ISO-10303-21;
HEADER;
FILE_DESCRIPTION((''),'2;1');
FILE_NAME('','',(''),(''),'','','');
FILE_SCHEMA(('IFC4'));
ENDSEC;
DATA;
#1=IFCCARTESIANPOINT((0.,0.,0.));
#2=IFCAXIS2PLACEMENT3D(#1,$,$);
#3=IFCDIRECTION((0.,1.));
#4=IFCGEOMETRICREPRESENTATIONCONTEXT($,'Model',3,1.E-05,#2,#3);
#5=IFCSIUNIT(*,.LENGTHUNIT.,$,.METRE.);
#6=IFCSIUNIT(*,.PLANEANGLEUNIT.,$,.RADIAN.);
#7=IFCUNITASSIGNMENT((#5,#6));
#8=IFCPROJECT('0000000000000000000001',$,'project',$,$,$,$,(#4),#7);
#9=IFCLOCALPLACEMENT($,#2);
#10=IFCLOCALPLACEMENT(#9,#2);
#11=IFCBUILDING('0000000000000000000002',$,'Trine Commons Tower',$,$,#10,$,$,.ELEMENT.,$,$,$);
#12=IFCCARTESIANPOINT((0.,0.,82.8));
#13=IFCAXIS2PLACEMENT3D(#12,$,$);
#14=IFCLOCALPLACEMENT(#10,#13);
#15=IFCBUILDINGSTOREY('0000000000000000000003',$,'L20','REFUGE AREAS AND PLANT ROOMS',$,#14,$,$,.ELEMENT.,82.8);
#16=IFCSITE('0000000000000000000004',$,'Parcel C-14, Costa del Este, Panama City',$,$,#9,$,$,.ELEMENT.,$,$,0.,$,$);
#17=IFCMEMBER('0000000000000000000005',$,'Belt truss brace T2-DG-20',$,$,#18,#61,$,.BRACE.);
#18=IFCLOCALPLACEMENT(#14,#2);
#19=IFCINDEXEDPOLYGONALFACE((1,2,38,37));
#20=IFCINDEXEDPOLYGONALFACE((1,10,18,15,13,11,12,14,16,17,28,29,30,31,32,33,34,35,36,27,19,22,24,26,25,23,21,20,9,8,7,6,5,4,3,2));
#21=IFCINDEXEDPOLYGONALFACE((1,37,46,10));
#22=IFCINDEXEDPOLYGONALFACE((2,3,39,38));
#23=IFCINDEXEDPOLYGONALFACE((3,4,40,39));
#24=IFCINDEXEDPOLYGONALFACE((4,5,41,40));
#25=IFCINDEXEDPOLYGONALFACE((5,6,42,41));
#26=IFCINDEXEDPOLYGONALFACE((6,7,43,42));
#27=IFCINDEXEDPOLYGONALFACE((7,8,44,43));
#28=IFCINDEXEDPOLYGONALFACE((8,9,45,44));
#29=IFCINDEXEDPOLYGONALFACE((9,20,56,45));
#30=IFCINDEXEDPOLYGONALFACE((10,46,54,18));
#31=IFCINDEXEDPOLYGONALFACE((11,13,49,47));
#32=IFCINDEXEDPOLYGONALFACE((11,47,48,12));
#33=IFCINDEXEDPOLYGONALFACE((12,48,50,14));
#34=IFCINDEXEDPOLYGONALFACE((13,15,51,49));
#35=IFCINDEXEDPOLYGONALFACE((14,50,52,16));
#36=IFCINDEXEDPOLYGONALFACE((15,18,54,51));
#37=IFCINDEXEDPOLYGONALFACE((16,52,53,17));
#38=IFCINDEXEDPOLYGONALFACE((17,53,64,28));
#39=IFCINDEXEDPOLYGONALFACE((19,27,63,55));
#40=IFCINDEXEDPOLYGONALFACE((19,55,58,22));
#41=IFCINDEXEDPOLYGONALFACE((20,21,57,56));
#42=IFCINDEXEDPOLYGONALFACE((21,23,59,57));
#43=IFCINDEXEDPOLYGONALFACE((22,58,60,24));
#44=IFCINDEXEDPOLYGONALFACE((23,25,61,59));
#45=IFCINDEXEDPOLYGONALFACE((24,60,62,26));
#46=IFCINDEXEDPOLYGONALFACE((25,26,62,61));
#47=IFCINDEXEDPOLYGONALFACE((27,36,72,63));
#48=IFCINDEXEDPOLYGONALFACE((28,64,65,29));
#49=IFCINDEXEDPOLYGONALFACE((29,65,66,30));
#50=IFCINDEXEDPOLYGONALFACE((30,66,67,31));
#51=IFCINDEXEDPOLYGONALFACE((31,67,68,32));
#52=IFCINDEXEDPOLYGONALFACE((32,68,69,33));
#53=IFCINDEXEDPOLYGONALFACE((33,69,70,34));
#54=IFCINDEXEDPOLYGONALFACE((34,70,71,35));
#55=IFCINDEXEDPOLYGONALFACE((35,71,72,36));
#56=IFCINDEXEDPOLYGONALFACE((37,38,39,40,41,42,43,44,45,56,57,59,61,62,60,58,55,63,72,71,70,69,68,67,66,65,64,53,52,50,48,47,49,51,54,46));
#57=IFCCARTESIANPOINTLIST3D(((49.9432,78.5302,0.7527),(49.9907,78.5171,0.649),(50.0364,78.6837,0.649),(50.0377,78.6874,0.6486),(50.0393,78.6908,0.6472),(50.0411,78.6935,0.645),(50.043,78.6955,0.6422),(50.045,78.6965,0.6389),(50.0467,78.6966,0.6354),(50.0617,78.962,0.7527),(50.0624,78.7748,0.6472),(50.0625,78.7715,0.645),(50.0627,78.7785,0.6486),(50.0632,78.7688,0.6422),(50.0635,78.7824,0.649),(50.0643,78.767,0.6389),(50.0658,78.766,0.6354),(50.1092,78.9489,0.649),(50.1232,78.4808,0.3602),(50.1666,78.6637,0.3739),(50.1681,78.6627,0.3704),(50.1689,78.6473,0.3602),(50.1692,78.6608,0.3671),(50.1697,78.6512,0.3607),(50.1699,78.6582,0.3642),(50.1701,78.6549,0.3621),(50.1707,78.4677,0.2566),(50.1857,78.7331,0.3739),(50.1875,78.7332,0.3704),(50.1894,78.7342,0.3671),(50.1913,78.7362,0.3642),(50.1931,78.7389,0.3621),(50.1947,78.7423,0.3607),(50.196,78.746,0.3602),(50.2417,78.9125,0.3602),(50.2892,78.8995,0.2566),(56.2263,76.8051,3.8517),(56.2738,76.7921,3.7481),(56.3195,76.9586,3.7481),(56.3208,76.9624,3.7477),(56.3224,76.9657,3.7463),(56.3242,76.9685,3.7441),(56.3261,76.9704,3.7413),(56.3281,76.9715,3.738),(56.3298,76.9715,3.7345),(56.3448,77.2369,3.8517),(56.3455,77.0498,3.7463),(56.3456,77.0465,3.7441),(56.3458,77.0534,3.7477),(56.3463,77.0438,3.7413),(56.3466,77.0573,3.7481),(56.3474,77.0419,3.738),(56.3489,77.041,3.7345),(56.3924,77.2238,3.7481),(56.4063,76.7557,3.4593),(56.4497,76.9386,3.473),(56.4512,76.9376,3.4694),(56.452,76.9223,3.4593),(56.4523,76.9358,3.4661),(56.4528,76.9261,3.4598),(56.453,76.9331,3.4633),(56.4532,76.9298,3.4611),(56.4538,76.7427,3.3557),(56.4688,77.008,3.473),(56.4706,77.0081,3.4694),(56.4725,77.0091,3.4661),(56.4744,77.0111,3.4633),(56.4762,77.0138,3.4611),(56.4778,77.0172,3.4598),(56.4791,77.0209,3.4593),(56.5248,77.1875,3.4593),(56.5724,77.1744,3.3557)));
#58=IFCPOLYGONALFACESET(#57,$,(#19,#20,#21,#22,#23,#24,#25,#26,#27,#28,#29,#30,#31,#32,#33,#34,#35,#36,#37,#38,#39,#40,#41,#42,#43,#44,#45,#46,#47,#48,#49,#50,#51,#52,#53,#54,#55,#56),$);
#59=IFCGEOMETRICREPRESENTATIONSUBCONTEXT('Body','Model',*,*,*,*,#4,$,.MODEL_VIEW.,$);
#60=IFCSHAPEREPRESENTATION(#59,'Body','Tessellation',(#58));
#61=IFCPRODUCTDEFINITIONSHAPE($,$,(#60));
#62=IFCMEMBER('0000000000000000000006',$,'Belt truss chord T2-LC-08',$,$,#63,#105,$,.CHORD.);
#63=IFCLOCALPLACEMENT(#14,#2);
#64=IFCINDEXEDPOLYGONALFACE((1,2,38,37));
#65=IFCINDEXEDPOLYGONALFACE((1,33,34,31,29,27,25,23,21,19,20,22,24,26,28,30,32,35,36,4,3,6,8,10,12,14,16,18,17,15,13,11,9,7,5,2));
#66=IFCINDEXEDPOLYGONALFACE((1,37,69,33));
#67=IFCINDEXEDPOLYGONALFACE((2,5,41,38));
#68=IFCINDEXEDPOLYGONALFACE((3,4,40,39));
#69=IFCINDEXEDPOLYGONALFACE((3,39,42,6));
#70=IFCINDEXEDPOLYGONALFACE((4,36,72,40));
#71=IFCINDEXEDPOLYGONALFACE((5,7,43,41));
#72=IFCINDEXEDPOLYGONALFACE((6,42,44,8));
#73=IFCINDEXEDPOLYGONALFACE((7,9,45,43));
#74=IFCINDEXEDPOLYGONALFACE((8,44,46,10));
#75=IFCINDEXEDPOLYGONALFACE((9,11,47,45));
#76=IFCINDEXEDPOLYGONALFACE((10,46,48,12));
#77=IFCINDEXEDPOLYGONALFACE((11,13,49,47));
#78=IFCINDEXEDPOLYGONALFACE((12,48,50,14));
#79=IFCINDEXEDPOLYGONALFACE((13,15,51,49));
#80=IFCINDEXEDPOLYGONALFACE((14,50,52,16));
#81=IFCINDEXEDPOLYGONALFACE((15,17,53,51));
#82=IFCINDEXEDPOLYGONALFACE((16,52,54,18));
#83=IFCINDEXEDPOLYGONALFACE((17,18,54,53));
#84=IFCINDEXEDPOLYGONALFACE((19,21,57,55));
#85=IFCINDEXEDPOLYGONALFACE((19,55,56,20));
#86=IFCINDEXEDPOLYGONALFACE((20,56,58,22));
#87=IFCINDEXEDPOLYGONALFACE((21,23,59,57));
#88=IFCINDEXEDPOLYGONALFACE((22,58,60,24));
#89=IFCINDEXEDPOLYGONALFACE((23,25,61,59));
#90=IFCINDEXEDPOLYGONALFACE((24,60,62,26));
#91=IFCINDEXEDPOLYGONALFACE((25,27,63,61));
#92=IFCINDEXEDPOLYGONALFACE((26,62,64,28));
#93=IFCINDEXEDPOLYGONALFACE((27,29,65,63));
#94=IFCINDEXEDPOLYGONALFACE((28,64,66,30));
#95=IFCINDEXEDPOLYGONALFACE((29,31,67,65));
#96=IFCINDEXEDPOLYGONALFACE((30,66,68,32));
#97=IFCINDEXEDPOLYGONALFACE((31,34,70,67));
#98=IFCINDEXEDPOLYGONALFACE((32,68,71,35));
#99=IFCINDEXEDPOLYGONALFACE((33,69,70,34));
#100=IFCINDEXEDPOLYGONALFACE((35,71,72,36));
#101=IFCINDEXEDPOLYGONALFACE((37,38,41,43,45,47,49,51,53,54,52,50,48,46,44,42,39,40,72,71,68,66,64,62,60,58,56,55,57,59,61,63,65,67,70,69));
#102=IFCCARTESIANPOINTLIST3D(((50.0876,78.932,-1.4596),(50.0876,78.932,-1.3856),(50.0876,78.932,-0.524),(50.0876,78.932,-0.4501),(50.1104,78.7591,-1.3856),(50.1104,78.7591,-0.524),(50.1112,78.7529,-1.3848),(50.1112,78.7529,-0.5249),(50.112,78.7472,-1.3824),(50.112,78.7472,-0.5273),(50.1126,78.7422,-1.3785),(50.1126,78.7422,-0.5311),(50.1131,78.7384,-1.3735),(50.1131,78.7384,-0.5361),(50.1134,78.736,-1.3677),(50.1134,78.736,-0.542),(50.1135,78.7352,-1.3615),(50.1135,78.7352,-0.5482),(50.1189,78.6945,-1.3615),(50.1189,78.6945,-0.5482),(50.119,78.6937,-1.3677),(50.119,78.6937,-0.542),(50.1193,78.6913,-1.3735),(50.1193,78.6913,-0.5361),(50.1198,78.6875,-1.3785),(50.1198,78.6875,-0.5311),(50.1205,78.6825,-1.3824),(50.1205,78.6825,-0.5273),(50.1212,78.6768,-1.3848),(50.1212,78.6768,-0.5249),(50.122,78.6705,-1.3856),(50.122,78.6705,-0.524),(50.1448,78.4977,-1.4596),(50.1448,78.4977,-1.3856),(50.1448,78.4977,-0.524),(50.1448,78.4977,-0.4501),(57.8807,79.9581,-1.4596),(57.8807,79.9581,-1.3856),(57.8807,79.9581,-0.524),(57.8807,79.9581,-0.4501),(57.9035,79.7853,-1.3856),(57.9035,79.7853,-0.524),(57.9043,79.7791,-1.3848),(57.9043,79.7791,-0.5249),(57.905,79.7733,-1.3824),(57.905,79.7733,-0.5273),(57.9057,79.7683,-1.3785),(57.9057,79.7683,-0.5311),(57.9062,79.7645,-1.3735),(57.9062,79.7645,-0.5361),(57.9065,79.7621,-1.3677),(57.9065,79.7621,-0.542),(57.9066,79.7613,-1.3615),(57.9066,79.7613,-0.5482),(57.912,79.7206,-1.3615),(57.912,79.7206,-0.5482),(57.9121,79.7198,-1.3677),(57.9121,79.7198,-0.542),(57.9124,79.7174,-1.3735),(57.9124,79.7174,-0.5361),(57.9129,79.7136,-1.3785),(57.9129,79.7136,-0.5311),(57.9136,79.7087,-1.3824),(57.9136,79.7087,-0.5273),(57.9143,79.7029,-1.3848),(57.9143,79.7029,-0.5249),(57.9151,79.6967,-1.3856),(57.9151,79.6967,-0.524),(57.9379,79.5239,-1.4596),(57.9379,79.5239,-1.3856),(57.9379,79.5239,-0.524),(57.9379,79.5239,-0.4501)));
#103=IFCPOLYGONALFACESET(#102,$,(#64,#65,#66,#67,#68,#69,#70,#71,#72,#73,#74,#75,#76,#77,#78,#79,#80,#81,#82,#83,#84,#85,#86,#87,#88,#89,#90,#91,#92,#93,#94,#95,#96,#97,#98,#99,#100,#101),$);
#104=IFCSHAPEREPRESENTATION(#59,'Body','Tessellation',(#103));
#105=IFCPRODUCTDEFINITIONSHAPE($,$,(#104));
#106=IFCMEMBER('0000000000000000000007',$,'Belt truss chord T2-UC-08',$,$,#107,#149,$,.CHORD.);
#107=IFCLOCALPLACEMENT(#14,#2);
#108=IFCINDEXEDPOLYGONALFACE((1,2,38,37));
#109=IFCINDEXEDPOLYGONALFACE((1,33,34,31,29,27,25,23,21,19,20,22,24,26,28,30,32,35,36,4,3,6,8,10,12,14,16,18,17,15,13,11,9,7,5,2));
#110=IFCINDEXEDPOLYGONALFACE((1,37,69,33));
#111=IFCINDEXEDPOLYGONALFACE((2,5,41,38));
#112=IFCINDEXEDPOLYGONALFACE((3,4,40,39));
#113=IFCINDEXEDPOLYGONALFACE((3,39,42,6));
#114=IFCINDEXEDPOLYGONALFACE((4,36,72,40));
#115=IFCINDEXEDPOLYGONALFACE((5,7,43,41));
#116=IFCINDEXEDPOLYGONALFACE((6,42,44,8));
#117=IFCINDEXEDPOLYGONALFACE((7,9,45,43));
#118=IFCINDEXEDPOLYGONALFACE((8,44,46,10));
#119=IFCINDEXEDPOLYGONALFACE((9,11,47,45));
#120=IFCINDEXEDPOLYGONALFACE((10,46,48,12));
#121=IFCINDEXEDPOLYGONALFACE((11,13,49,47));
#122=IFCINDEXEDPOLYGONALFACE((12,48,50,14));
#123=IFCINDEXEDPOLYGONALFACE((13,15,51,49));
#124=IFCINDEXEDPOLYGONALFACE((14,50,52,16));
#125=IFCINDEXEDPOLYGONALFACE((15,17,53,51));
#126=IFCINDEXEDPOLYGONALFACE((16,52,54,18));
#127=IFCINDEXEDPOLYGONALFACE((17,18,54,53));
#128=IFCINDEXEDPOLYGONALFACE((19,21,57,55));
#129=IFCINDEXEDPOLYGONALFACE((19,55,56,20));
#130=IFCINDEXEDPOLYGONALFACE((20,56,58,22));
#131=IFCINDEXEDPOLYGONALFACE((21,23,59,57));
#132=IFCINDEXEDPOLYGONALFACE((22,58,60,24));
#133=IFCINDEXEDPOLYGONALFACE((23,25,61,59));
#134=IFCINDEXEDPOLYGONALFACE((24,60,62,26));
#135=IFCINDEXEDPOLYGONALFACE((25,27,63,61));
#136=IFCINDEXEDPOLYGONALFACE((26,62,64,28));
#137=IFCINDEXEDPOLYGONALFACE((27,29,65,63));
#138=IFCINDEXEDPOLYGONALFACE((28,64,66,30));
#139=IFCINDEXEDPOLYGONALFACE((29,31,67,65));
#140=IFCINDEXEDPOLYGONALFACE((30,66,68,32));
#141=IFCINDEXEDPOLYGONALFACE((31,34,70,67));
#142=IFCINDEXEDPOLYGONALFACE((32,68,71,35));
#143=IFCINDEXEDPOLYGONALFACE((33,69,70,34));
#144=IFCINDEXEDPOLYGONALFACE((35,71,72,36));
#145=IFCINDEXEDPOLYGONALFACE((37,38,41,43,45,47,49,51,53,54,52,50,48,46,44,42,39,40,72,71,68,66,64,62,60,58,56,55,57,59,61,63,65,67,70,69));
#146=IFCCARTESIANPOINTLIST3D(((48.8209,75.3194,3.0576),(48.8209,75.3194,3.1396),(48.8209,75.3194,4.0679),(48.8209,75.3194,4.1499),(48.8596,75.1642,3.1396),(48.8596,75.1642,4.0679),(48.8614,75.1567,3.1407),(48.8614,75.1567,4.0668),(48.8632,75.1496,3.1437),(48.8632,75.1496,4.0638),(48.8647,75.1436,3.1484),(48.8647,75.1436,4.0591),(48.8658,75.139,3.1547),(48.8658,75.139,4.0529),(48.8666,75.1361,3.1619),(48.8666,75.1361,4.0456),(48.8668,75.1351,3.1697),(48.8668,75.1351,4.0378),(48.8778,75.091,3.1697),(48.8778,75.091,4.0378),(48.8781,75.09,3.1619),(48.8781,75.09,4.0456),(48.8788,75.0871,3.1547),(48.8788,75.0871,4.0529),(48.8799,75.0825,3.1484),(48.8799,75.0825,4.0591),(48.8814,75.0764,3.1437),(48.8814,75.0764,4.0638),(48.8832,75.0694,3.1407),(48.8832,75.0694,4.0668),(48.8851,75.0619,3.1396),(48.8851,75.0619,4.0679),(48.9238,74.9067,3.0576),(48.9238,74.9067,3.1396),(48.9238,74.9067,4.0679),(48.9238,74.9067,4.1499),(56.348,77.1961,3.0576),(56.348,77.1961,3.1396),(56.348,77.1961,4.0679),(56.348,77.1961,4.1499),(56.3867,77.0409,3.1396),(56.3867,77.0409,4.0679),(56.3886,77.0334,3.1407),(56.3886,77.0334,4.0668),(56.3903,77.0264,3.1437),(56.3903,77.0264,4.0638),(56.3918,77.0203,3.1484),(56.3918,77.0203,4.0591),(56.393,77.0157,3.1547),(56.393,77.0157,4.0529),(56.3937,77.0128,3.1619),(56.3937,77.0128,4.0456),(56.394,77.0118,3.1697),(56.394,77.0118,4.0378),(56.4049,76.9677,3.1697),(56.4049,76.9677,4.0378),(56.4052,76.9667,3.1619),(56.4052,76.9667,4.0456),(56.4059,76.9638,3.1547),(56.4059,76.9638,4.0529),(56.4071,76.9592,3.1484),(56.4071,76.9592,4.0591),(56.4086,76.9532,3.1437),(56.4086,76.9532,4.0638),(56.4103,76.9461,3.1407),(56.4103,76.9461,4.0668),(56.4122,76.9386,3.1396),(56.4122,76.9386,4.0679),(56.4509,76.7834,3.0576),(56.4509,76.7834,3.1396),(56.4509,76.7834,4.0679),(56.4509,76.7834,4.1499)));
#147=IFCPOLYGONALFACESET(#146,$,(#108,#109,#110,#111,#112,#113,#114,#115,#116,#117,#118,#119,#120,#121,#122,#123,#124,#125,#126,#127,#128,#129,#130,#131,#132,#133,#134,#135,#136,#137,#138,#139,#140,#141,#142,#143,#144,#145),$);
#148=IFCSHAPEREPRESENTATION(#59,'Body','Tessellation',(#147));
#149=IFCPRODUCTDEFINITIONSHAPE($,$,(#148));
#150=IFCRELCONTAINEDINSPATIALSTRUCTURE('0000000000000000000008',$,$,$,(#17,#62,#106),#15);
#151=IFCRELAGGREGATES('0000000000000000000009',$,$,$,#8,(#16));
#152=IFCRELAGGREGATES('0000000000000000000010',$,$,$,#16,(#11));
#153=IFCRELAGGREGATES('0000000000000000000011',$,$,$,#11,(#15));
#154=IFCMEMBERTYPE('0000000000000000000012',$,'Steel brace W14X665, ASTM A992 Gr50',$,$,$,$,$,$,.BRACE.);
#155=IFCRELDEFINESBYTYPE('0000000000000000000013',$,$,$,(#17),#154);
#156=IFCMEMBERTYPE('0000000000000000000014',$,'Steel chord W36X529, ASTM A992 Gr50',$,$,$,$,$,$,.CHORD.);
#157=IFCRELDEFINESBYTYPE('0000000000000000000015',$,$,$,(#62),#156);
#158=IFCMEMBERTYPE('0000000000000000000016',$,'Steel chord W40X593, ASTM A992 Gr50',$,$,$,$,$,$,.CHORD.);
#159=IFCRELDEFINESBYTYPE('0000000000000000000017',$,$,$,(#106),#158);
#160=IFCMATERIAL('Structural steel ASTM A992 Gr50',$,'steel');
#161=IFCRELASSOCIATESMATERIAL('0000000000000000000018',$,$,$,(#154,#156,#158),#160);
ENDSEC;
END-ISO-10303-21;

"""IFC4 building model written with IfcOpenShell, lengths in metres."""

from ifc_helpers import new_model, si_unit, direction, frame, origin, origin_2d, place, context, subcontext, project, spatial, i_section, extrude, material, material_profile, profile_set, type_object, element, save


model = new_model("IFC4")

# Units and contexts
model_context = context("Model", 3, precision=1e-05, world=origin(), true_north=direction((0.0, 1.0)))
body_context = subcontext(model_context, "Body", "Model", "MODEL_VIEW")
ifc_project = project(units=[si_unit("LENGTHUNIT", "METRE"), si_unit("PLANEANGLEUNIT", "RADIAN")], contexts=[model_context])

# Site, building, storey
site_placement = place(None, origin())
site = spatial("IfcSite", under=ifc_project, at=site_placement, Name="Parcel C-14, Costa del Este, Panama City", CompositionType="ELEMENT", RefElevation=0.0)
building_placement = place(site_placement, origin())
building = spatial("IfcBuilding", under=site, at=building_placement, Name="Trine Commons Tower", CompositionType="ELEMENT")
storey_placement = place(building_placement, frame((0.0, 0.0, 82.8)))
storey = spatial("IfcBuildingStorey", under=building, at=storey_placement, Name="L20", Description="REFUGE AREAS AND PLANT ROOMS", CompositionType="ELEMENT", Elevation=82.8)

# Shared definitions
ifc_material_1 = material(Name="Structural steel ASTM A992 Gr50", Category="steel")

# Members
ifc_material_profile_1 = material_profile(ifc_material_1, i_section(OverallWidth=0.4478, OverallDepth=0.5493, WebThickness=0.072, FlangeThickness=0.1147, FilletRadius=0.0151, at=origin_2d()), Name="W14X665")
ifc_profile_set_1 = profile_set([ifc_material_profile_1], Name="Structural steel ASTM A992 Gr50")
member_type_1 = type_object("IfcMemberType", Name="Steel brace W14X665, ASTM A992 Gr50", PredefinedType="BRACE", material=ifc_profile_set_1)
member_1_placement = place(storey_placement, frame((50.1162, 78.7148, 0.5046), z_axis=(0.870828, -0.239092, 0.429527), x_axis=(0.264759, 0.964315, 0.0)))
element("IfcMember", 1, at=member_1_placement, inside=storey, type_object=member_type_1, Name="Belt truss brace T2-DG-20", PredefinedType="BRACE", context=body_context, shape_type="SweptSolid", body=[
    extrude(i_section(OverallWidth=0.4478, OverallDepth=0.5493, WebThickness=0.072, FlangeThickness=0.1147, FilletRadius=0.0151, at=origin_2d()), origin(), (0.0, 0.0, 1.0), 7.2151),
])
ifc_material_profile_2 = material_profile(ifc_material_1, i_section(OverallWidth=0.438, OverallDepth=1.0095, WebThickness=0.041, FlangeThickness=0.074, FilletRadius=0.0242, at=origin_2d()), Name="W36X529")
ifc_profile_set_2 = profile_set([ifc_material_profile_2], Name="Structural steel ASTM A992 Gr50")
member_type_2 = type_object("IfcMemberType", Name="Steel chord W36X529, ASTM A992 Gr50", PredefinedType="CHORD", material=ifc_profile_set_2)
member_2_placement = place(storey_placement, frame((50.1162, 78.7148, -0.9548), z_axis=(0.991442, 0.130546, 0.0), x_axis=(-0.130546, 0.991442, 0.0)))
element("IfcMember", 2, at=member_2_placement, inside=storey, type_object=member_type_2, Name="Belt truss chord T2-LC-08", PredefinedType="CHORD", context=body_context, shape_type="SweptSolid", body=[
    extrude(i_section(OverallWidth=0.438, OverallDepth=1.0095, WebThickness=0.041, FlangeThickness=0.074, FilletRadius=0.0242, at=origin_2d()), origin(), (0.0, 0.0, 1.0), 7.8604),
])
ifc_material_profile_3 = material_profile(ifc_material_1, i_section(OverallWidth=0.4253, OverallDepth=1.0923, WebThickness=0.0454, FlangeThickness=0.082, FilletRadius=0.03, at=origin_2d()), Name="W40X593")
ifc_profile_set_3 = profile_set([ifc_material_profile_3], Name="Structural steel ASTM A992 Gr50")
member_type_3 = type_object("IfcMemberType", Name="Steel chord W40X593, ASTM A992 Gr50", PredefinedType="CHORD", material=ifc_profile_set_3)
member_3_placement = place(storey_placement, frame((48.8723, 75.113, 3.6038), z_axis=(0.970296, 0.241921, 0.0), x_axis=(-0.241921, 0.970296, 0.0)))
element("IfcMember", 3, at=member_3_placement, inside=storey, type_object=member_type_3, Name="Belt truss chord T2-UC-08", PredefinedType="CHORD", context=body_context, shape_type="SweptSolid", body=[
    extrude(i_section(OverallWidth=0.4253, OverallDepth=1.0923, WebThickness=0.0454, FlangeThickness=0.082, FilletRadius=0.03, at=origin_2d()), origin(), (0.0, 0.0, 1.0), 7.7576),
])

save(model, "model.ifc")
